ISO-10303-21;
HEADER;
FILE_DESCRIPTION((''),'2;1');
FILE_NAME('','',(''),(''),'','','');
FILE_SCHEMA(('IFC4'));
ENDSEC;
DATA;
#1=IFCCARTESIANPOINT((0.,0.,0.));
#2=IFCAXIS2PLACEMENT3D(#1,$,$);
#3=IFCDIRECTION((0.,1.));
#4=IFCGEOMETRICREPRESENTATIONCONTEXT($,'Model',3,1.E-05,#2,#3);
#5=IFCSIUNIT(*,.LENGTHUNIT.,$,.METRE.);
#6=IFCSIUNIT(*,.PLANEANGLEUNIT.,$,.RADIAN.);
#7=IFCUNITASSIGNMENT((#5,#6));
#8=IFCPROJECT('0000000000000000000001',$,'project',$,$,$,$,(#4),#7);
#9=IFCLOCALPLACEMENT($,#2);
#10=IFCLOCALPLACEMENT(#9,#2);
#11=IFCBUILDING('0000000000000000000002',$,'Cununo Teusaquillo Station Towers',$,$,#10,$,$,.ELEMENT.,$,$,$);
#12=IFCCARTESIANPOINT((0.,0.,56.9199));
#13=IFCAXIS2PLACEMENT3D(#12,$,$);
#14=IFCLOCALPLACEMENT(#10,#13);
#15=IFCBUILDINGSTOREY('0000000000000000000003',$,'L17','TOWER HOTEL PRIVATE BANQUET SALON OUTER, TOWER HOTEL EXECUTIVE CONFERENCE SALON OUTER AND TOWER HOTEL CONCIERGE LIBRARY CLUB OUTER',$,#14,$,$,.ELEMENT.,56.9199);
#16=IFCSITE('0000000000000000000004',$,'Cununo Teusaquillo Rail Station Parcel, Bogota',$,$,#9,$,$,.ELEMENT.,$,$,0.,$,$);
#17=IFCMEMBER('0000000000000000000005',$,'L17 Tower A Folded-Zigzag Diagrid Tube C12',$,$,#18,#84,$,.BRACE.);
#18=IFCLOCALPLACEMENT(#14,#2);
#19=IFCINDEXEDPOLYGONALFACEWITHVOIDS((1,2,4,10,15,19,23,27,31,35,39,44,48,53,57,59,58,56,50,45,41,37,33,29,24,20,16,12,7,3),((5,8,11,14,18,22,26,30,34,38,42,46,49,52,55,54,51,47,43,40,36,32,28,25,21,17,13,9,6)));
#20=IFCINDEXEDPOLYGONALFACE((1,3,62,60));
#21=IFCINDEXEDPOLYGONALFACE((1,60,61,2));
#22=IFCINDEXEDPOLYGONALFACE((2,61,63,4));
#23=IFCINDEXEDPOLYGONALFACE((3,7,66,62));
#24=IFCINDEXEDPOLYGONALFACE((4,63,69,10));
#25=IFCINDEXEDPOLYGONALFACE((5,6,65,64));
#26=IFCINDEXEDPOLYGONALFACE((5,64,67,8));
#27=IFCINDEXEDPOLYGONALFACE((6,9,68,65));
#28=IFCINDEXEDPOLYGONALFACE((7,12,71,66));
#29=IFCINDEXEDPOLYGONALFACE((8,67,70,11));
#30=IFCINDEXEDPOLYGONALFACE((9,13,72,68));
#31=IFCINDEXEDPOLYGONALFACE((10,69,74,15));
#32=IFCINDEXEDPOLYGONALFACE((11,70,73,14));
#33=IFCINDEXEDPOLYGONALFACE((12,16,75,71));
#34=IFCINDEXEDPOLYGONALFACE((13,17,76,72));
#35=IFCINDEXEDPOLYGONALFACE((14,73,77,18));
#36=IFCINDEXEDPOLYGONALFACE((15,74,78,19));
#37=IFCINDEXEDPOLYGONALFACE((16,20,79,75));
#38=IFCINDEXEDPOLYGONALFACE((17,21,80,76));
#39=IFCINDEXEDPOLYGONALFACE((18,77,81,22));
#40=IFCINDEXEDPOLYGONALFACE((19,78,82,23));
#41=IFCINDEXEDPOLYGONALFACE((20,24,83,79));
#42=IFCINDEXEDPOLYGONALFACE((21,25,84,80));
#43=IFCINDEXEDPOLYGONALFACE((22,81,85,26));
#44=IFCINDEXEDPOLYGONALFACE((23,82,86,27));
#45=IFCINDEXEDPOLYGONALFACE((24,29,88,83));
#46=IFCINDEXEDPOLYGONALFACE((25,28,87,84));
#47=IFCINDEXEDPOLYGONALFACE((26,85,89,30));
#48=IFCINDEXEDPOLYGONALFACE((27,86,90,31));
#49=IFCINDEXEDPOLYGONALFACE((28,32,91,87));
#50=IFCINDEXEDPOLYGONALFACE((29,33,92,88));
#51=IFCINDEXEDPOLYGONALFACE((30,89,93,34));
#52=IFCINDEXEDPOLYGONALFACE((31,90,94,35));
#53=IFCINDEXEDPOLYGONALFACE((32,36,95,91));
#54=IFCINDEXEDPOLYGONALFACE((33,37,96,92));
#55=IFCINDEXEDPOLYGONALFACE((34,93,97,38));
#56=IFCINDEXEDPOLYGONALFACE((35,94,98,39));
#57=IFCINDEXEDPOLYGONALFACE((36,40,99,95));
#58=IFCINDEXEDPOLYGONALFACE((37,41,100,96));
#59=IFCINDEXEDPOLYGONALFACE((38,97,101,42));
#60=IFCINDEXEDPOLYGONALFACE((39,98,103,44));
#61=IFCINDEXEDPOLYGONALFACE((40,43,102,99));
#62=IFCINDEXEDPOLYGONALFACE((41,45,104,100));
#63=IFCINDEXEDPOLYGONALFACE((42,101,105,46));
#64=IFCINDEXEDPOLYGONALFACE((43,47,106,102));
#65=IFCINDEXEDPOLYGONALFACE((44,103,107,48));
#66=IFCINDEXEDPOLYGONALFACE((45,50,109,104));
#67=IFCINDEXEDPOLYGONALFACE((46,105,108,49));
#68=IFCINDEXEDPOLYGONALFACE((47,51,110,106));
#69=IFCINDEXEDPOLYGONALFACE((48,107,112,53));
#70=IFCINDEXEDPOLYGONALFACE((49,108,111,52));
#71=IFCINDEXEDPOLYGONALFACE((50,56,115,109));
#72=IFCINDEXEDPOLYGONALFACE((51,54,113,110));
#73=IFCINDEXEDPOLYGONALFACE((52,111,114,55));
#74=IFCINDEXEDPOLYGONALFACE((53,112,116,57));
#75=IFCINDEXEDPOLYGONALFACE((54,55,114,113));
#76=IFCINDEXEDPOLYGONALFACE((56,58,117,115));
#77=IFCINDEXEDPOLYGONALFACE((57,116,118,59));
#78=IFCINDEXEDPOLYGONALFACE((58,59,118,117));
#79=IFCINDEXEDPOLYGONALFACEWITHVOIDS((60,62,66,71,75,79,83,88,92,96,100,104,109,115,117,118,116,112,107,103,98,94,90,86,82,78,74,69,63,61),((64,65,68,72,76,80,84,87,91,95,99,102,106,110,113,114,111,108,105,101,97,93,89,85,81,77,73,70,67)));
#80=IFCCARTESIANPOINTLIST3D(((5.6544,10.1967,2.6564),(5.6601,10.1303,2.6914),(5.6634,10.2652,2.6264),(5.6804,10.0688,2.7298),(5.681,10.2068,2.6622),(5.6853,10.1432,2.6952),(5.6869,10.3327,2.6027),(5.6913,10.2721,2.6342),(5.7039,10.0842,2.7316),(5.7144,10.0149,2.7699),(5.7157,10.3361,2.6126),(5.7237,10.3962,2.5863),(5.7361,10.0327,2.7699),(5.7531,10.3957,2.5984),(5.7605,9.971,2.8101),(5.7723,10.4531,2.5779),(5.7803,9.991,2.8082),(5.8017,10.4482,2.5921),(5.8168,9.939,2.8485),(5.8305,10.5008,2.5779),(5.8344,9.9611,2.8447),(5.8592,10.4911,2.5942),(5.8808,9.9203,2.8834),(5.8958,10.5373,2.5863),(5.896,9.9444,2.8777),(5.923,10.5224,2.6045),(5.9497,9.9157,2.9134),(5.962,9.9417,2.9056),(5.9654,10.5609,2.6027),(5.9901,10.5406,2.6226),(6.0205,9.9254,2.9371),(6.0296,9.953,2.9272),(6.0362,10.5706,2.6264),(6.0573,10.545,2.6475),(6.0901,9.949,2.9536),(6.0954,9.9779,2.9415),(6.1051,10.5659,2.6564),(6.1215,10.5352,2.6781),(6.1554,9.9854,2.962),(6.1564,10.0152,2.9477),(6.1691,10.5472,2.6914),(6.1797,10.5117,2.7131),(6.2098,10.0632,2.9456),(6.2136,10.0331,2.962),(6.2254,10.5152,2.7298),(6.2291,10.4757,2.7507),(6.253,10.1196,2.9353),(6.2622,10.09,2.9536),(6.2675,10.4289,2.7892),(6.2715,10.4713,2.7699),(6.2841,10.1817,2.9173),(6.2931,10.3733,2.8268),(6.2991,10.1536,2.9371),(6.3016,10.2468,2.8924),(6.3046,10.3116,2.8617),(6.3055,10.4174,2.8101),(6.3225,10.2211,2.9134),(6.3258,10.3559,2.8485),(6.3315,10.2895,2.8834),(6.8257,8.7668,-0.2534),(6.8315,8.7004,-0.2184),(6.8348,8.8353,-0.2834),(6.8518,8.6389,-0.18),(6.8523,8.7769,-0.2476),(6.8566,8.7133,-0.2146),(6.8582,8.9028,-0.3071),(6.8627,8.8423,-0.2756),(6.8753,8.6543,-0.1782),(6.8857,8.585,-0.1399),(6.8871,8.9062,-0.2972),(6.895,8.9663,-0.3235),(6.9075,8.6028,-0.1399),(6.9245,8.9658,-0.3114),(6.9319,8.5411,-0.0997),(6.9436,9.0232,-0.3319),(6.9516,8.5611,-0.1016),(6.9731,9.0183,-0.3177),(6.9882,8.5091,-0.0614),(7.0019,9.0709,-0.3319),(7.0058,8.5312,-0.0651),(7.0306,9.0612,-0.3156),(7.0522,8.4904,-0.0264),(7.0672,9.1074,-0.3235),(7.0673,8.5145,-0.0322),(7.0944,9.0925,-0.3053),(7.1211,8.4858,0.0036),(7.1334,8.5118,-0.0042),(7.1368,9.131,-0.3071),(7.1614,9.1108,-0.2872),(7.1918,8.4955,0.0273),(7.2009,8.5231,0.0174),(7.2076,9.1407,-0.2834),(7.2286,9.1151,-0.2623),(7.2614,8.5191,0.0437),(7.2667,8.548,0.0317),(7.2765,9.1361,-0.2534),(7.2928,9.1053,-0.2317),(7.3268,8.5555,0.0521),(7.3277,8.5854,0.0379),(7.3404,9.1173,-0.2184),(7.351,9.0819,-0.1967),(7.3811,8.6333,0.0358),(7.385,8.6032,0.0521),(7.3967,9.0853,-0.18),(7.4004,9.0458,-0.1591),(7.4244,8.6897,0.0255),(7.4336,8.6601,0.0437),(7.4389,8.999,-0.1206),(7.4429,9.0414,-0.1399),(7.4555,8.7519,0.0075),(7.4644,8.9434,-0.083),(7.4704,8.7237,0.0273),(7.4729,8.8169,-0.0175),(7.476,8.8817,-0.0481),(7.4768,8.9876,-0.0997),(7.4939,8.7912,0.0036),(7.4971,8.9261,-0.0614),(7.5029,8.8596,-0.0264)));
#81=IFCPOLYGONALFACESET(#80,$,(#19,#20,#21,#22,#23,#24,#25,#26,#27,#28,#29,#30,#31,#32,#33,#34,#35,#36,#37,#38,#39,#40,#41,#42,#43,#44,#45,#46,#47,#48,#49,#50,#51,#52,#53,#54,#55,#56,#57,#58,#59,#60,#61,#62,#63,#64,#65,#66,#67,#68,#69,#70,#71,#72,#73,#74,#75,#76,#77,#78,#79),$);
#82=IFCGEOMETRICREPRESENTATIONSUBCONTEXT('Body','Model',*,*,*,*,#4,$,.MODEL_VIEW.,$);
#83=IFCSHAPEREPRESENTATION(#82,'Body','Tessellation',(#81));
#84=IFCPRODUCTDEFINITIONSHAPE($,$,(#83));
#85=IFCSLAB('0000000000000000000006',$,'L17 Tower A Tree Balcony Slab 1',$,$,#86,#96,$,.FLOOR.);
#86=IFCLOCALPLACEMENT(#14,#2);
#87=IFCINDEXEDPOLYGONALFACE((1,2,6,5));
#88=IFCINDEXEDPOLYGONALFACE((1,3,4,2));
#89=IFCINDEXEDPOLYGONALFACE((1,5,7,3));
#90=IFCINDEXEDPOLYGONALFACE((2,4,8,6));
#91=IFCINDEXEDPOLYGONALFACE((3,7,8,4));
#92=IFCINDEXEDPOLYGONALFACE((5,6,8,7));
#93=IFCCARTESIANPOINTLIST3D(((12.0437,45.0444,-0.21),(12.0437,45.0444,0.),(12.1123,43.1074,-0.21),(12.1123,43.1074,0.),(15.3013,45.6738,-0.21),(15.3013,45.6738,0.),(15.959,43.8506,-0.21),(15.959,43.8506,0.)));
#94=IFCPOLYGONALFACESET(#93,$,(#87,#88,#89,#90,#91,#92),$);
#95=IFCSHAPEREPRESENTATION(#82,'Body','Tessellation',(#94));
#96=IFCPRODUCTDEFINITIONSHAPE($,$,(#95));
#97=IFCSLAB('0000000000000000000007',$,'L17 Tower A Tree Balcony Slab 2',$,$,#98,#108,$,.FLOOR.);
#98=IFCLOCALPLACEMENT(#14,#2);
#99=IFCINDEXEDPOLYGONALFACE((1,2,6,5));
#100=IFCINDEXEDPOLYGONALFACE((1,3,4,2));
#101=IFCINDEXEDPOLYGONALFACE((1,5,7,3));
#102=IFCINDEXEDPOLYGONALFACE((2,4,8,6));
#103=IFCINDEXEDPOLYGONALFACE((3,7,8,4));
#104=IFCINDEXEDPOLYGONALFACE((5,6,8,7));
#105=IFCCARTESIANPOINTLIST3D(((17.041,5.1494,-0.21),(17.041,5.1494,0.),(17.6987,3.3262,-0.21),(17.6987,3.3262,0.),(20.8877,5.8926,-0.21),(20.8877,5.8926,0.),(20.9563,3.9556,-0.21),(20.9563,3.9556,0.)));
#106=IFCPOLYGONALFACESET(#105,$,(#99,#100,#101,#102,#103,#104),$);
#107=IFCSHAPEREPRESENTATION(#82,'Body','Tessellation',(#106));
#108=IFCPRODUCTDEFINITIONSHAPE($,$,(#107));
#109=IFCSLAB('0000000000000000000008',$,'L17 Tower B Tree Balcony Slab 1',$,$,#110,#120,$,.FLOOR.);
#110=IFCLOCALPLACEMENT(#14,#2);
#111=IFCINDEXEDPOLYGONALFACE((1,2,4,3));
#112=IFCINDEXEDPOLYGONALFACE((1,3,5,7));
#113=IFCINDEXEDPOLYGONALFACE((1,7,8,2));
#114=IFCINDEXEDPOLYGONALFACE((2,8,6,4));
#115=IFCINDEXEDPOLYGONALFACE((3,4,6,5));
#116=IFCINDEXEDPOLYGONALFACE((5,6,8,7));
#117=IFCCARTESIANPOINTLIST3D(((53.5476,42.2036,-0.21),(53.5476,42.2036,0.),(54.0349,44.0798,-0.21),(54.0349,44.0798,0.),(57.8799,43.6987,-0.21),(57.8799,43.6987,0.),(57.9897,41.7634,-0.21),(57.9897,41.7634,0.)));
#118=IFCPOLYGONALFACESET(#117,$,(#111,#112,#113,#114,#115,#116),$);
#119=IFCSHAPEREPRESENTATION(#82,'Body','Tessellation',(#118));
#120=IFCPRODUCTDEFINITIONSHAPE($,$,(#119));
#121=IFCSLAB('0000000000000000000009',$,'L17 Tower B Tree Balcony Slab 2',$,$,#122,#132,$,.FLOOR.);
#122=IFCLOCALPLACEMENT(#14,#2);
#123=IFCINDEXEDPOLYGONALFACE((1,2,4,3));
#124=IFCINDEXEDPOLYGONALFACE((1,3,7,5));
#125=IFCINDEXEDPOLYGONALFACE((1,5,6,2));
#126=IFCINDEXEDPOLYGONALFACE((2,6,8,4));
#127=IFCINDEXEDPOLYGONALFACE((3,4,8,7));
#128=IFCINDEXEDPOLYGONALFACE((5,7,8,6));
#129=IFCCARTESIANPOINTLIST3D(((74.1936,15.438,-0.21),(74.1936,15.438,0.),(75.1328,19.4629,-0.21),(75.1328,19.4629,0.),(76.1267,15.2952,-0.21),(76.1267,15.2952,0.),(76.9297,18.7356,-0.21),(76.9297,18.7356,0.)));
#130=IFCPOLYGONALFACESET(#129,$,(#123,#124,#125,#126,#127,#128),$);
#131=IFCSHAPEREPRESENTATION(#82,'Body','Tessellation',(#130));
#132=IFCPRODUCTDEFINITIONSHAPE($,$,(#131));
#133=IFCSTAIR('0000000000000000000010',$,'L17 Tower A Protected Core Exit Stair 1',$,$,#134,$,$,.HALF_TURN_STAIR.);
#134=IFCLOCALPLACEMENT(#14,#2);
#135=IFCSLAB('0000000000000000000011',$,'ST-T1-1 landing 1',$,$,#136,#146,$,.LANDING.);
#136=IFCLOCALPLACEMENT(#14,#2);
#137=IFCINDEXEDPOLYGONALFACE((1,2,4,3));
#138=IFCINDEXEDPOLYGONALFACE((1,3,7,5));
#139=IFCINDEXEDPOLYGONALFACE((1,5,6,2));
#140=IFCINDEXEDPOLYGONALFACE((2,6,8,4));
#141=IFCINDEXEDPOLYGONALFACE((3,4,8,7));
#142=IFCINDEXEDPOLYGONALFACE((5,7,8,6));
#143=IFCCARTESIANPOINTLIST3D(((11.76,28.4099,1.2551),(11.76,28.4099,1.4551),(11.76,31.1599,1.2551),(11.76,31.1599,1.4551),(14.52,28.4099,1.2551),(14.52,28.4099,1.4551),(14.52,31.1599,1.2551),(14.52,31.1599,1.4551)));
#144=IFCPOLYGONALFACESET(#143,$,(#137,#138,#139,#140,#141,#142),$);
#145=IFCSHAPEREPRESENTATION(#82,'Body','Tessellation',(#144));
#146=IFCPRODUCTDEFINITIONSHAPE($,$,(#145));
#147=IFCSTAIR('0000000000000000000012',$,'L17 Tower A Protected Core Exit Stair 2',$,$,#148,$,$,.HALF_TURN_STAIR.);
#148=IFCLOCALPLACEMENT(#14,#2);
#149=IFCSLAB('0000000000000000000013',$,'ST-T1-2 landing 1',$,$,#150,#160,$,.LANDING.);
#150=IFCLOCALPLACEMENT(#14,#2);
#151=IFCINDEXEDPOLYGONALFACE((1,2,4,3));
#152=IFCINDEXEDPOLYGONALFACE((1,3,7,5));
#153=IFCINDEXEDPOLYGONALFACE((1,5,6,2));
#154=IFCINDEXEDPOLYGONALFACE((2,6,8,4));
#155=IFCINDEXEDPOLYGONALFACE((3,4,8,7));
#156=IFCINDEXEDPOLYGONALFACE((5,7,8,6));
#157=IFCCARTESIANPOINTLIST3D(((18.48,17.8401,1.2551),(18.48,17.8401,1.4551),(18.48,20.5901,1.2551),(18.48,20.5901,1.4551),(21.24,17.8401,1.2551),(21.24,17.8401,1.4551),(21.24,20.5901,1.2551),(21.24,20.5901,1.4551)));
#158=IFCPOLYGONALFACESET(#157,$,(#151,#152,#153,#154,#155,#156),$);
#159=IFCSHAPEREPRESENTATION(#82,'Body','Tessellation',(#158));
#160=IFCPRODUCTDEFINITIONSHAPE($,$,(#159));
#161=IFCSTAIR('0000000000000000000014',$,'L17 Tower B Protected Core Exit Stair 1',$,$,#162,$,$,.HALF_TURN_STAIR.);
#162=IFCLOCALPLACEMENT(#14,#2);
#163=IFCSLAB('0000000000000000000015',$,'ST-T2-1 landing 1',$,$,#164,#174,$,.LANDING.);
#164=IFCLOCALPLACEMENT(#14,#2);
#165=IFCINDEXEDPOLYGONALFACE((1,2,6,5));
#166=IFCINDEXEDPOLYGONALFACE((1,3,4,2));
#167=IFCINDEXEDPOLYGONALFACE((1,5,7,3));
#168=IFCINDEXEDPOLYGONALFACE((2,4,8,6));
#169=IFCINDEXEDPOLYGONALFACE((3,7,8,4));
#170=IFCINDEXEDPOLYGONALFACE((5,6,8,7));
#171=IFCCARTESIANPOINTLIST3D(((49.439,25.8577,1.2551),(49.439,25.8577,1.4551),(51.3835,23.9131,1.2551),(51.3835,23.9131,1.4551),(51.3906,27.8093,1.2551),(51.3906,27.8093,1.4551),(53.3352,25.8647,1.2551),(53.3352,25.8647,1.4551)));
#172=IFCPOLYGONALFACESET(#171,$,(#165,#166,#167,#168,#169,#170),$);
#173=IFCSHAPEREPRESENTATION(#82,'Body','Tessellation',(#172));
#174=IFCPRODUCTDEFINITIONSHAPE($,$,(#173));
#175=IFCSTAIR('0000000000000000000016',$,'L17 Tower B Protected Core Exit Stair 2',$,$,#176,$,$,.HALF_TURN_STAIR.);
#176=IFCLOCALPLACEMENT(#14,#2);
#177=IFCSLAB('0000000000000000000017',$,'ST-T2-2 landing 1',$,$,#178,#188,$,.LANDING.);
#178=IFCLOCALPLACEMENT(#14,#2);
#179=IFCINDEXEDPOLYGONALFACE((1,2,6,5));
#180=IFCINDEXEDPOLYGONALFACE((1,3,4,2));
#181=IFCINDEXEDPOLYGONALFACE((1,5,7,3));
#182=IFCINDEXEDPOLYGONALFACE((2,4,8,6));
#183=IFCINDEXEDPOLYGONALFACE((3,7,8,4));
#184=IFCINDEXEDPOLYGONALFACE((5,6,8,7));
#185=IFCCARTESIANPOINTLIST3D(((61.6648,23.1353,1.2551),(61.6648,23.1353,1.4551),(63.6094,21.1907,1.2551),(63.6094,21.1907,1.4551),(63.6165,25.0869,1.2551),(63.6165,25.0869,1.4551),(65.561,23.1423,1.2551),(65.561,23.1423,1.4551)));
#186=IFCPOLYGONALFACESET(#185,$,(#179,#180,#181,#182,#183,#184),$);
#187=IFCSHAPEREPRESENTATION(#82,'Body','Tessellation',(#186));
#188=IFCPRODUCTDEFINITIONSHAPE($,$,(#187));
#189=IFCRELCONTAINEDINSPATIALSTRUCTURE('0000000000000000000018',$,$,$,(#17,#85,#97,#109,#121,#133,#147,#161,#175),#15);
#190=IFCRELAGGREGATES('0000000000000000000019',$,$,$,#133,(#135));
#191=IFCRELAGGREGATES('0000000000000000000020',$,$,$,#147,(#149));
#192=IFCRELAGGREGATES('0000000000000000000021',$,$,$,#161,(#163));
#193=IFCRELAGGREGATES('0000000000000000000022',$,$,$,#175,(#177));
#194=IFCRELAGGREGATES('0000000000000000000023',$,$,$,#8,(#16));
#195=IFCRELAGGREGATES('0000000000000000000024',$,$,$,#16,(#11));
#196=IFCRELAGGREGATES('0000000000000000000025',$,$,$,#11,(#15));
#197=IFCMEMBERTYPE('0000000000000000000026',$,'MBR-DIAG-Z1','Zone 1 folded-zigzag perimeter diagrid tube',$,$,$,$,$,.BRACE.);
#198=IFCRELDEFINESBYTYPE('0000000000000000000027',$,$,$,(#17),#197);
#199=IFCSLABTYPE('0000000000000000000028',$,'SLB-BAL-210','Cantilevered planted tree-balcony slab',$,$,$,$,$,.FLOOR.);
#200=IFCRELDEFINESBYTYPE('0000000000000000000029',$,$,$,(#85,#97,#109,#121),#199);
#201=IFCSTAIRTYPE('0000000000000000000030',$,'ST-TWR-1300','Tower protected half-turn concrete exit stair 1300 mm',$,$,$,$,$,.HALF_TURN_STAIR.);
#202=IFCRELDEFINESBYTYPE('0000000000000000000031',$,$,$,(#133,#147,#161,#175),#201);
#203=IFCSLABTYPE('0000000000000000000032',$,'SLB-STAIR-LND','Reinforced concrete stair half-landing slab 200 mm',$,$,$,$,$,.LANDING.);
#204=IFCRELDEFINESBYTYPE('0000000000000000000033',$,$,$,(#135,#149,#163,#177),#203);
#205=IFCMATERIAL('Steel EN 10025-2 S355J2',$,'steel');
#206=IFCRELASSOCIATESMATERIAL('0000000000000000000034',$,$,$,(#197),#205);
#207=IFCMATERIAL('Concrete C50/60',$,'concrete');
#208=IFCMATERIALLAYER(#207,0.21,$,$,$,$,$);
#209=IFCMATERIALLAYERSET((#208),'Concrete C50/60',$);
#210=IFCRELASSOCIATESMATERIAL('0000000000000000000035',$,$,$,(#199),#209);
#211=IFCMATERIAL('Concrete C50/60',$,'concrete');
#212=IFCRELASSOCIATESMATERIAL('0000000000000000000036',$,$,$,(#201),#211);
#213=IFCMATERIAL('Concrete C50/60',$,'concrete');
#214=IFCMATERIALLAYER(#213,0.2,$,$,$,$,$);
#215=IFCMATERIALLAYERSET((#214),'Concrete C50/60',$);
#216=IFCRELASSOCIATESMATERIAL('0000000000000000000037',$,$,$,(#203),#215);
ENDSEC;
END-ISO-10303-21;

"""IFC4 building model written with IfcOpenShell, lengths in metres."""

from ifc_helpers import new_model, si_unit, direction, frame, origin, origin_2d, place, context, subcontext, project, spatial, polyline, hollow_circle, outline, extrude, material, layer, layer_set, material_profile, profile_set, type_object, element, aggregate, save


model = new_model("IFC4")

# Units and contexts
model_context = context("Model", 3, precision=1e-05, world=origin(), true_north=direction((0.0, 1.0)))
body_context = subcontext(model_context, "Body", "Model", "MODEL_VIEW")
ifc_project = project(units=[si_unit("LENGTHUNIT", "METRE"), si_unit("PLANEANGLEUNIT", "RADIAN")], contexts=[model_context])

# Site, building, storey
site_placement = place(None, origin())
site = spatial("IfcSite", under=ifc_project, at=site_placement, Name="Cununo Teusaquillo Rail Station Parcel, Bogota", CompositionType="ELEMENT", RefElevation=0.0)
building_placement = place(site_placement, origin())
building = spatial("IfcBuilding", under=site, at=building_placement, Name="Cununo Teusaquillo Station Towers", CompositionType="ELEMENT")
storey_placement = place(building_placement, frame((0.0, 0.0, 56.9199)))
storey = spatial("IfcBuildingStorey", under=building, at=storey_placement, Name="L17", Description="TOWER HOTEL PRIVATE BANQUET SALON OUTER, TOWER HOTEL EXECUTIVE CONFERENCE SALON OUTER AND TOWER HOTEL CONCIERGE LIBRARY CLUB OUTER", CompositionType="ELEMENT", Elevation=56.9199)

# Member
ifc_material_1 = material(Name="Steel EN 10025-2 S355J2", Category="steel")
ifc_material_profile_1 = material_profile(ifc_material_1, hollow_circle(Radius=0.3601, WallThickness=0.0281, at=origin_2d()), Name="CHS 720x28")
ifc_profile_set_1 = profile_set([ifc_material_profile_1], Name="Steel EN 10025-2 S355J2")
member_type = type_object("IfcMemberType", Name="MBR-DIAG-Z1", Description="Zone 1 folded-zigzag perimeter diagrid tube", PredefinedType="BRACE", material=ifc_profile_set_1)
member_placement = place(storey_placement, frame((7.1643, 8.8132, -0.1399), z_axis=(-0.33979, 0.414788, 0.844093), x_axis=(-0.773575, -0.633705, 0.0)))
element("IfcMember", 1, at=member_placement, inside=storey, type_object=member_type, Name="L17 Tower A Folded-Zigzag Diagrid Tube C12", PredefinedType="BRACE", context=body_context, shape_type="SweptSolid", body=[
    extrude(hollow_circle(Radius=0.3601, WallThickness=0.0281, at=origin_2d()), origin(), (0.0, 0.0, 1.0), 3.4473),
])

# Slabs
ifc_material_2 = material(Name="Concrete C50/60", Category="concrete")
ifc_layer_1 = layer(ifc_material_2, 0.21)
ifc_layer_set_1 = layer_set([ifc_layer_1], Name="Concrete C50/60")
slab_type_1 = type_object("IfcSlabType", Name="SLB-BAL-210", Description="Cantilevered planted tree-balcony slab", PredefinedType="FLOOR", material=ifc_layer_set_1)
slab_1_placement = place(storey_placement, frame((0.0, 0.0, -0.21)))
element("IfcSlab", 2, at=slab_1_placement, inside=storey, type_object=slab_type_1, Name="L17 Tower A Tree Balcony Slab 1", PredefinedType="FLOOR", context=body_context, shape_type="SweptSolid", body=[
    extrude(outline(polyline([(15.959, 43.8506), (12.1123, 43.1074), (12.0437, 45.0444), (15.3013, 45.6738), (15.959, 43.8506)])), origin(), (0.0, 0.0, 1.0), 0.21),
])
slab_2_placement = place(storey_placement, frame((0.0, 0.0, -0.21)))
element("IfcSlab", 3, at=slab_2_placement, inside=storey, type_object=slab_type_1, Name="L17 Tower A Tree Balcony Slab 2", PredefinedType="FLOOR", context=body_context, shape_type="SweptSolid", body=[
    extrude(outline(polyline([(17.041, 5.1494), (20.8877, 5.8926), (20.9563, 3.9556), (17.6987, 3.3262), (17.041, 5.1494)])), origin(), (0.0, 0.0, 1.0), 0.21),
])
slab_3_placement = place(storey_placement, frame((0.0, 0.0, -0.21)))
element("IfcSlab", 4, at=slab_3_placement, inside=storey, type_object=slab_type_1, Name="L17 Tower B Tree Balcony Slab 1", PredefinedType="FLOOR", context=body_context, shape_type="SweptSolid", body=[
    extrude(outline(polyline([(57.9897, 41.7634), (53.5476, 42.2036), (54.0349, 44.0798), (57.8799, 43.6987), (57.9897, 41.7634)])), origin(), (0.0, 0.0, 1.0), 0.21),
])
slab_4_placement = place(storey_placement, frame((0.0, 0.0, -0.21)))
element("IfcSlab", 5, at=slab_4_placement, inside=storey, type_object=slab_type_1, Name="L17 Tower B Tree Balcony Slab 2", PredefinedType="FLOOR", context=body_context, shape_type="SweptSolid", body=[
    extrude(outline(polyline([(74.1936, 15.438), (75.1328, 19.4629), (76.9297, 18.7356), (76.1267, 15.2952), (74.1936, 15.438)])), origin(), (0.0, 0.0, 1.0), 0.21),
])

# Stairs, slabs
ifc_material_3 = material(Name="Concrete C50/60", Category="concrete")
stair_type = type_object("IfcStairType", Name="ST-TWR-1300", Description="Tower protected half-turn concrete exit stair 1300 mm", PredefinedType="HALF_TURN_STAIR", material=ifc_material_3)
stair_1_placement = place(storey_placement, origin())
stair_1 = element("IfcStair", 6, at=stair_1_placement, inside=storey, type_object=stair_type, Name="L17 Tower A Protected Core Exit Stair 1", PredefinedType="HALF_TURN_STAIR")
ifc_material_4 = material(Name="Concrete C50/60", Category="concrete")
ifc_layer_2 = layer(ifc_material_4, 0.2)
ifc_layer_set_2 = layer_set([ifc_layer_2], Name="Concrete C50/60")
slab_type_2 = type_object("IfcSlabType", Name="SLB-STAIR-LND", Description="Reinforced concrete stair half-landing slab 200 mm", PredefinedType="LANDING", material=ifc_layer_set_2)
slab_5_placement = place(storey_placement, frame((0.0, 0.0, 1.2551)))
slab_5 = element("IfcSlab", 7, at=slab_5_placement, type_object=slab_type_2, Name="ST-T1-1 landing 1", PredefinedType="LANDING", context=body_context, shape_type="SweptSolid", body=[
    extrude(outline(polyline([(14.52, 28.4099), (14.52, 31.1599), (11.76, 31.1599), (11.76, 28.4099), (14.52, 28.4099)])), origin(), (0.0, 0.0, 1.0), 0.2),
])
aggregate(stair_1, [slab_5])
stair_2_placement = place(storey_placement, origin())
stair_2 = element("IfcStair", 8, at=stair_2_placement, inside=storey, type_object=stair_type, Name="L17 Tower A Protected Core Exit Stair 2", PredefinedType="HALF_TURN_STAIR")
slab_6_placement = place(storey_placement, frame((0.0, 0.0, 1.2551)))
slab_6 = element("IfcSlab", 9, at=slab_6_placement, type_object=slab_type_2, Name="ST-T1-2 landing 1", PredefinedType="LANDING", context=body_context, shape_type="SweptSolid", body=[
    extrude(outline(polyline([(18.48, 20.5901), (18.48, 17.8401), (21.24, 17.8401), (21.24, 20.5901), (18.48, 20.5901)])), origin(), (0.0, 0.0, 1.0), 0.2),
])
aggregate(stair_2, [slab_6])
stair_3_placement = place(storey_placement, origin())
stair_3 = element("IfcStair", 10, at=stair_3_placement, inside=storey, type_object=stair_type, Name="L17 Tower B Protected Core Exit Stair 1", PredefinedType="HALF_TURN_STAIR")
slab_7_placement = place(storey_placement, frame((0.0, 0.0, 1.2551)))
slab_7 = element("IfcSlab", 11, at=slab_7_placement, type_object=slab_type_2, Name="ST-T2-1 landing 1", PredefinedType="LANDING", context=body_context, shape_type="SweptSolid", body=[
    extrude(outline(polyline([(53.3352, 25.8647), (51.3906, 27.8093), (49.439, 25.8577), (51.3835, 23.9131), (53.3352, 25.8647)])), origin(), (0.0, 0.0, 1.0), 0.2),
])
aggregate(stair_3, [slab_7])
stair_4_placement = place(storey_placement, origin())
stair_4 = element("IfcStair", 12, at=stair_4_placement, inside=storey, type_object=stair_type, Name="L17 Tower B Protected Core Exit Stair 2", PredefinedType="HALF_TURN_STAIR")
slab_8_placement = place(storey_placement, frame((0.0, 0.0, 1.2551)))
slab_8 = element("IfcSlab", 13, at=slab_8_placement, type_object=slab_type_2, Name="ST-T2-2 landing 1", PredefinedType="LANDING", context=body_context, shape_type="SweptSolid", body=[
    extrude(outline(polyline([(61.6648, 23.1353), (63.6094, 21.1907), (65.561, 23.1423), (63.6165, 25.0869), (61.6648, 23.1353)])), origin(), (0.0, 0.0, 1.0), 0.2),
])
aggregate(stair_4, [slab_8])

save(model, "model.ifc")
